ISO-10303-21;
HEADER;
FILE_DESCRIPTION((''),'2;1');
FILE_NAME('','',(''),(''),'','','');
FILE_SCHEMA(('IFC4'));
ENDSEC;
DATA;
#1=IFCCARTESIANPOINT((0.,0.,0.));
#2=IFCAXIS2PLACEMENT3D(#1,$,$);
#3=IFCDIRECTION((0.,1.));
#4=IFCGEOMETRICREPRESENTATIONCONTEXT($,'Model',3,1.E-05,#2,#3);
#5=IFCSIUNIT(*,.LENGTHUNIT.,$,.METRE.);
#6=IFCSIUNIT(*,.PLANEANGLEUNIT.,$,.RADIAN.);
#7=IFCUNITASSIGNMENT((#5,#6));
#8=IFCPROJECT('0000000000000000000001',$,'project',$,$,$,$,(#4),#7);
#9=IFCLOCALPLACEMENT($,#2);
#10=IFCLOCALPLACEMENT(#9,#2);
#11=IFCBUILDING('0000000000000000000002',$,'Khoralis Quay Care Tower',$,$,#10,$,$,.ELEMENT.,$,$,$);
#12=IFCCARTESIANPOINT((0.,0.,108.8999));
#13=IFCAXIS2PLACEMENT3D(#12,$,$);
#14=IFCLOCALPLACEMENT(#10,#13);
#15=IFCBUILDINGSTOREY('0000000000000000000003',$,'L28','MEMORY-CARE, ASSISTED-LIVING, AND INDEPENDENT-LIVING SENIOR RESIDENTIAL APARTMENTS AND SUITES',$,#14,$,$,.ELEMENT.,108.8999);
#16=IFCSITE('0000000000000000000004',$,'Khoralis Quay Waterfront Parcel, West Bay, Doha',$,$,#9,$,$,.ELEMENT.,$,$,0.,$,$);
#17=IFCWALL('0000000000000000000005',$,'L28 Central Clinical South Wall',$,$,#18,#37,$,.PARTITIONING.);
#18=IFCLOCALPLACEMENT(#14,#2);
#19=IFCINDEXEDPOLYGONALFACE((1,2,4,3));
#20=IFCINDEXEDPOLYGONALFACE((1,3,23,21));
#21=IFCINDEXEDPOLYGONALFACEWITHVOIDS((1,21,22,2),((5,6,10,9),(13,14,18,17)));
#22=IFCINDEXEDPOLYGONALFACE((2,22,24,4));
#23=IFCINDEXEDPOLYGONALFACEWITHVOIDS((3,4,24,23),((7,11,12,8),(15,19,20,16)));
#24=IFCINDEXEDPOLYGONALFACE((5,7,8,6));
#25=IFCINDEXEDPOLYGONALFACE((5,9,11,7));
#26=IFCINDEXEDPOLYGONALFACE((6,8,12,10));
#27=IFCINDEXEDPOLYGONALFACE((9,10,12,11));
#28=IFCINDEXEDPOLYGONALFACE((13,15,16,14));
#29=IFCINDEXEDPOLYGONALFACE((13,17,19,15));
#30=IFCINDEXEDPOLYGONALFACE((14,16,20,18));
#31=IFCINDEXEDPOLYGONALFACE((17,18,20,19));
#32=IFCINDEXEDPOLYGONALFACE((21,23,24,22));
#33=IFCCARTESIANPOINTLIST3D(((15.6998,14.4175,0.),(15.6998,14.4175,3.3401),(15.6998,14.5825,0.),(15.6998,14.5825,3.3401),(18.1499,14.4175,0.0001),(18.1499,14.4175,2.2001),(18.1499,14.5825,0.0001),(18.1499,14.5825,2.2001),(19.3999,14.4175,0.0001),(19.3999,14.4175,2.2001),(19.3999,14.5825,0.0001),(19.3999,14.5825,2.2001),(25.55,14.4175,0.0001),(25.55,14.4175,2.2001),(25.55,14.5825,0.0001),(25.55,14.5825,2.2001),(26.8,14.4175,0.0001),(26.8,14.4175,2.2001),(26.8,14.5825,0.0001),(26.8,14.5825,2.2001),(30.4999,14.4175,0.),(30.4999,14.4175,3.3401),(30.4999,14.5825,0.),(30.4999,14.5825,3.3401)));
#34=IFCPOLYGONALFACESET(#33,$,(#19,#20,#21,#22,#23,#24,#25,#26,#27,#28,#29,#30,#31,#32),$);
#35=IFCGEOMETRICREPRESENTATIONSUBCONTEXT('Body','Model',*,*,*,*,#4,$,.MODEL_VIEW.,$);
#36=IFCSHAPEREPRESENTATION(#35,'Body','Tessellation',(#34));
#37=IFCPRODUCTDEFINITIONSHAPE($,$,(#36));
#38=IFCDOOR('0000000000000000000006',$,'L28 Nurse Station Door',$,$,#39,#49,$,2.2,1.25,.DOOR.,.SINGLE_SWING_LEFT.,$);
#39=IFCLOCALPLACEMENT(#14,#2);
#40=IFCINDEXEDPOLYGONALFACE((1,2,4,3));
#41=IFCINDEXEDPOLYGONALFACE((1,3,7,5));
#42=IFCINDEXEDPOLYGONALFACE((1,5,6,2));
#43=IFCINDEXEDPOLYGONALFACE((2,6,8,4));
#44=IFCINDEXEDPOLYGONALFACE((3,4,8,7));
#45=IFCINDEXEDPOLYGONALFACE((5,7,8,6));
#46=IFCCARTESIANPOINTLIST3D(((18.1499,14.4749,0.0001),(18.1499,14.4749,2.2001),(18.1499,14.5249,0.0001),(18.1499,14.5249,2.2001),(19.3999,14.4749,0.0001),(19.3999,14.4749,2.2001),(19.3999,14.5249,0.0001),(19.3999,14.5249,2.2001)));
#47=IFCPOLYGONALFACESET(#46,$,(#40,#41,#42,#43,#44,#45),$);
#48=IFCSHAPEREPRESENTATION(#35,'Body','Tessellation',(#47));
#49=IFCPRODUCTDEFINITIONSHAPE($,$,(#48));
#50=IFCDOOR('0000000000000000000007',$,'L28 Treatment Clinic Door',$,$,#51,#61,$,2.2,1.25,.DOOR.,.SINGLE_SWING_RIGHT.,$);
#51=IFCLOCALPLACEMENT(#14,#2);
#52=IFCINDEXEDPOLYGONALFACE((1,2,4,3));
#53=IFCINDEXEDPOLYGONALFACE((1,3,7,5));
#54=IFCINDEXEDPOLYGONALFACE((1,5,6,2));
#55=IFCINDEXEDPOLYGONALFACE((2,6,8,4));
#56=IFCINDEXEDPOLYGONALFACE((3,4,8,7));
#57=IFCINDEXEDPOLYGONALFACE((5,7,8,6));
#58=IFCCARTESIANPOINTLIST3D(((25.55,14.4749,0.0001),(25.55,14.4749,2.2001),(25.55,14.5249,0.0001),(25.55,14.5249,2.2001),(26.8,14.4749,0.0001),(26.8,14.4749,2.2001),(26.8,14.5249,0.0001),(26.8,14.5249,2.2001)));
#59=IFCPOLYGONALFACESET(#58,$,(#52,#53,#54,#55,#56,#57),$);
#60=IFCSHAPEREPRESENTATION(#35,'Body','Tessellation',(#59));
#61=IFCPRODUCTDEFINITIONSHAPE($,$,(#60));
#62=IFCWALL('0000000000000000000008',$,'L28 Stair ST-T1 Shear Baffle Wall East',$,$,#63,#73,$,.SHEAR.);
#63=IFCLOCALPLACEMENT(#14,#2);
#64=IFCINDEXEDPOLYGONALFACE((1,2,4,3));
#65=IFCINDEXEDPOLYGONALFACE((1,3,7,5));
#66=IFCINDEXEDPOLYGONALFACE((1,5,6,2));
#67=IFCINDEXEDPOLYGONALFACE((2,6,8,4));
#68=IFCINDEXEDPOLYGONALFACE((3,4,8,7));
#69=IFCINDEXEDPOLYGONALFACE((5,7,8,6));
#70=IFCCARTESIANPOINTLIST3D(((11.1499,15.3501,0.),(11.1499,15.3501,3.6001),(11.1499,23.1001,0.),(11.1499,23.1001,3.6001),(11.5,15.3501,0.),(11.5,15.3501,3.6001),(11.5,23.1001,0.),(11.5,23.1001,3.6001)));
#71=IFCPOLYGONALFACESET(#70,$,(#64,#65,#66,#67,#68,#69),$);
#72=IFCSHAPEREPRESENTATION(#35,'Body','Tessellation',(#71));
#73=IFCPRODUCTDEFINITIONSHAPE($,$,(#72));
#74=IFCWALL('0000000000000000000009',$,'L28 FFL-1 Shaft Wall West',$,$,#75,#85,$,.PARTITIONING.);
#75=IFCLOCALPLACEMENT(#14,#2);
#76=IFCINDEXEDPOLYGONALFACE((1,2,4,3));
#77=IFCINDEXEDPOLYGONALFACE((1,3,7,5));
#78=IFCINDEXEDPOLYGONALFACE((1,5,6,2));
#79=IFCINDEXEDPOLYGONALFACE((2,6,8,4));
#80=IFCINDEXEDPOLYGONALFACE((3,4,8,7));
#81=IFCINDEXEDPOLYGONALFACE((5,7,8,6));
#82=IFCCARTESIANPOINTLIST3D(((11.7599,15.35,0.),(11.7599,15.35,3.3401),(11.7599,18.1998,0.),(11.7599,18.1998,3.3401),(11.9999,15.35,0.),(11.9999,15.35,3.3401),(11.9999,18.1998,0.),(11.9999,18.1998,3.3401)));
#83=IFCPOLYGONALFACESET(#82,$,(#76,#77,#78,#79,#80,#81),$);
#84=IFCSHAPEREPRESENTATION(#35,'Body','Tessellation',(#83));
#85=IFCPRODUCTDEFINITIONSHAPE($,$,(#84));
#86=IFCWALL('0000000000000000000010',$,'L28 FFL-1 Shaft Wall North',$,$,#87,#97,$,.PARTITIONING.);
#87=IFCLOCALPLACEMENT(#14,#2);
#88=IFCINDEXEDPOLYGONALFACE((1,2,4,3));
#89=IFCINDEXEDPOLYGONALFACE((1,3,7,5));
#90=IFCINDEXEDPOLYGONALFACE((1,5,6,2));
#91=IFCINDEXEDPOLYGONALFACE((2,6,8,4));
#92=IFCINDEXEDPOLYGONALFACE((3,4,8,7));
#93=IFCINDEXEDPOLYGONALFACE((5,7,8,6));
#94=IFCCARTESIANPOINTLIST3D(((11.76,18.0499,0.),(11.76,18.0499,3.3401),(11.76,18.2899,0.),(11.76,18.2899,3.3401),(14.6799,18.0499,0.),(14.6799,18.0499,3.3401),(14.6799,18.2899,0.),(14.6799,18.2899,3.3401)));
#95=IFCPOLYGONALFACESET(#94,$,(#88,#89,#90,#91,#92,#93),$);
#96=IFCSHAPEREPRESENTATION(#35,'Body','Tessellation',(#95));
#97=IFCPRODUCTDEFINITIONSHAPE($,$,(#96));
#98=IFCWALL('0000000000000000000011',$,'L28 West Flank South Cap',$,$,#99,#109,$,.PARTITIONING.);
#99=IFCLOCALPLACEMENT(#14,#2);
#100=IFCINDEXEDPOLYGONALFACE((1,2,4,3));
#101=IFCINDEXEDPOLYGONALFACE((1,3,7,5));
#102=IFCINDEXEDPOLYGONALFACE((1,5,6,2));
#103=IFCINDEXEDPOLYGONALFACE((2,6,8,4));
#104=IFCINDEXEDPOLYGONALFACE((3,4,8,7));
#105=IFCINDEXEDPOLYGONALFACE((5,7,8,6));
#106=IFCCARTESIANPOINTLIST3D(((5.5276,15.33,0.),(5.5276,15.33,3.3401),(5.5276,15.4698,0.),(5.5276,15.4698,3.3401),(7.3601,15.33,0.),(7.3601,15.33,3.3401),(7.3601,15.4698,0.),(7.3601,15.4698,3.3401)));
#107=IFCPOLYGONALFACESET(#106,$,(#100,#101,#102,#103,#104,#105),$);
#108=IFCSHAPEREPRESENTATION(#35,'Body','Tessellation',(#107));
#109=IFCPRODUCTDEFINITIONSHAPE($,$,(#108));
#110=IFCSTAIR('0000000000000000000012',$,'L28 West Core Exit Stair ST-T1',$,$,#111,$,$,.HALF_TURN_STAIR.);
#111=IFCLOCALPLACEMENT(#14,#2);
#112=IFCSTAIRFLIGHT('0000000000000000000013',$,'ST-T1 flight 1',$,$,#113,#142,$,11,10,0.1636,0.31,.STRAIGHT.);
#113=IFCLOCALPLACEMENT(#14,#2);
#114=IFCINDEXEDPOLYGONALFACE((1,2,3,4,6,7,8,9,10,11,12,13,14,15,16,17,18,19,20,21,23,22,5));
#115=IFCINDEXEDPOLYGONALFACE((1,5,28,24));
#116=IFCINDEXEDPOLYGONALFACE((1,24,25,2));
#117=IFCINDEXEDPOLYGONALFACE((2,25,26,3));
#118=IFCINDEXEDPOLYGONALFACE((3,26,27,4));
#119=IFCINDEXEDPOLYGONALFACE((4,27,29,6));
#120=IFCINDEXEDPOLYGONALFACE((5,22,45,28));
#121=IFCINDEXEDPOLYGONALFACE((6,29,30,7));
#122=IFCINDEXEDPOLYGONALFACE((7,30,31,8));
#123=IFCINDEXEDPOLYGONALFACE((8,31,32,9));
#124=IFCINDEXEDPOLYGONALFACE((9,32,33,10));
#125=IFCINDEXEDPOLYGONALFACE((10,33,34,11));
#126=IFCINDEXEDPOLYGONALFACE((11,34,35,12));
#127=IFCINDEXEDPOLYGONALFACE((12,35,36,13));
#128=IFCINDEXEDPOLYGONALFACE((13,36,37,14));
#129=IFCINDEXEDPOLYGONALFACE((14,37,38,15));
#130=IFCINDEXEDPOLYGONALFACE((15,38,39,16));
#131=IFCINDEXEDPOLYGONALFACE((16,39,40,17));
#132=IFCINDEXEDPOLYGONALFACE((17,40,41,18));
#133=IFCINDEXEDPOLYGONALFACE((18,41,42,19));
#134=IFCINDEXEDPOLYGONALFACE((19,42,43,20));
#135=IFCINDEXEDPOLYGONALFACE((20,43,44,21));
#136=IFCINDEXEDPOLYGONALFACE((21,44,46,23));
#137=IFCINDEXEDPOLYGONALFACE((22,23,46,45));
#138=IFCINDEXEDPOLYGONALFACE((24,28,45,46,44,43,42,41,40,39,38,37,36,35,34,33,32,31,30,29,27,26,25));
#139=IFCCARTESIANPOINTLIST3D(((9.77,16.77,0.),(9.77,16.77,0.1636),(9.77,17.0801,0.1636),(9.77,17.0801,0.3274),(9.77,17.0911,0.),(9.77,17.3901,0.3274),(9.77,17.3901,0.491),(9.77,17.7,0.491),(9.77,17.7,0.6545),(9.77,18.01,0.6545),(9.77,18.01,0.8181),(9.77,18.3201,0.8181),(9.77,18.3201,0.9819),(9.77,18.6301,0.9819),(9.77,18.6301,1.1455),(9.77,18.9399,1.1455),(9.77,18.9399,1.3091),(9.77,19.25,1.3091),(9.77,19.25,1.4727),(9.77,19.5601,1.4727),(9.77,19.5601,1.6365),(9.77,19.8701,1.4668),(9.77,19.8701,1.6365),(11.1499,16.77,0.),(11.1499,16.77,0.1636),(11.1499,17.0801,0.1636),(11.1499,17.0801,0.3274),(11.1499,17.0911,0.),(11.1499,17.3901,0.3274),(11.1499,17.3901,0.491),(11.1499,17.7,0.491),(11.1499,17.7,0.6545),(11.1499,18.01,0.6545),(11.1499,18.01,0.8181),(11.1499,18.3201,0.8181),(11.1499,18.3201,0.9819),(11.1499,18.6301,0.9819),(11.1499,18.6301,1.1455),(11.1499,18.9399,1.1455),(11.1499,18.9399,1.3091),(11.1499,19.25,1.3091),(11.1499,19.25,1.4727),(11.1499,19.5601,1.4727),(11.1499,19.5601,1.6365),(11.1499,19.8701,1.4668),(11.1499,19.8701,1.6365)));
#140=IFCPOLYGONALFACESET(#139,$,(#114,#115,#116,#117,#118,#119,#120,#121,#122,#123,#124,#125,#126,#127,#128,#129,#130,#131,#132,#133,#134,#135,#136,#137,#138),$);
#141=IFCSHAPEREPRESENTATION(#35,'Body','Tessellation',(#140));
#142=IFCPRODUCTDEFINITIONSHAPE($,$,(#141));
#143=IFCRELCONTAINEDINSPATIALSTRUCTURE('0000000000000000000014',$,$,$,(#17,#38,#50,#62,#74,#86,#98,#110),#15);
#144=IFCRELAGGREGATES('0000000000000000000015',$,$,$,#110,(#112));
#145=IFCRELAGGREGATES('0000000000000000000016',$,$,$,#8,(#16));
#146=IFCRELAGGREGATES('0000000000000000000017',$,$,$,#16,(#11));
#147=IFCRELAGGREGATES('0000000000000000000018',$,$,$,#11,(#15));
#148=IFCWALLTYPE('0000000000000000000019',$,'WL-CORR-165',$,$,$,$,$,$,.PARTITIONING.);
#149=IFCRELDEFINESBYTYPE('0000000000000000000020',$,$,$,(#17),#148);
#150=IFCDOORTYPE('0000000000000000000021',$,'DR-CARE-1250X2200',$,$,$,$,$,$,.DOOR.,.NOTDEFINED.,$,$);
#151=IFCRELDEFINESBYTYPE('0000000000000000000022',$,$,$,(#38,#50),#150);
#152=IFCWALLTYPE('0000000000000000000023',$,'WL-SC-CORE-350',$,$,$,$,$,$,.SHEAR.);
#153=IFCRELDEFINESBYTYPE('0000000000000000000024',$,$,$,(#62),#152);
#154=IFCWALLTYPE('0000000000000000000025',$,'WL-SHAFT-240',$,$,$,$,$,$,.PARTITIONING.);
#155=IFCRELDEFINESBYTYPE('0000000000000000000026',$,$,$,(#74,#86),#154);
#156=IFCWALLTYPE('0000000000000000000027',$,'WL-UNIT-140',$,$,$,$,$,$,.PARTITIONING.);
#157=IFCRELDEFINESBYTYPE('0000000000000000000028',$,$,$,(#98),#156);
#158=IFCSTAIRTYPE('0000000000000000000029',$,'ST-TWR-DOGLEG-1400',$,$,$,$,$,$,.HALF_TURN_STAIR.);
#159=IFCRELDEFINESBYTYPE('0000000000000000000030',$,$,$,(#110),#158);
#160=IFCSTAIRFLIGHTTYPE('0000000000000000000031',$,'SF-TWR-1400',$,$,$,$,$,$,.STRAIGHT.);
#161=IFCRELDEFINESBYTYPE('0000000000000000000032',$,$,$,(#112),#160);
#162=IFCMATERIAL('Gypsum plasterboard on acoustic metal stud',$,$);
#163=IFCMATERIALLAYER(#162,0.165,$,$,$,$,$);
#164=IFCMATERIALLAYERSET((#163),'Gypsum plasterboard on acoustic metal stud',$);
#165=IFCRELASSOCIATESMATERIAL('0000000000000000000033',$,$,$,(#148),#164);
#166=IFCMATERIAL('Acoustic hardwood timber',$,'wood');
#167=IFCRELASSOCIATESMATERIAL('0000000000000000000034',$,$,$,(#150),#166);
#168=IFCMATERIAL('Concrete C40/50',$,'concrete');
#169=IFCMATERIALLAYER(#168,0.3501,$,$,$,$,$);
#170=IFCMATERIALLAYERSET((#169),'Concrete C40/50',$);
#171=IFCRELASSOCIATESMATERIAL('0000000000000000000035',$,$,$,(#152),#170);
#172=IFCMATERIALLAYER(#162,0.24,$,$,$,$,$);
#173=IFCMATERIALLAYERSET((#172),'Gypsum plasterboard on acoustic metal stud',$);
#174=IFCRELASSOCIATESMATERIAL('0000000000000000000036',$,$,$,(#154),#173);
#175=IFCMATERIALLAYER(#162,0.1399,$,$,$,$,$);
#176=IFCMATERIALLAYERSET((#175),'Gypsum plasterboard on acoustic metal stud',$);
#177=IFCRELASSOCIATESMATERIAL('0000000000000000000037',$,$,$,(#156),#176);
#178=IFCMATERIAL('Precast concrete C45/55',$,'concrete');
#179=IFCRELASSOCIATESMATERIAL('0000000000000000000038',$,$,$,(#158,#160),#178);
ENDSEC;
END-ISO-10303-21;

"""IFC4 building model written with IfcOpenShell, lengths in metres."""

from ifc_helpers import new_model, si_unit, direction, frame, frame_2d, origin, place, context, subcontext, project, spatial, polyline, rectangle, outline, extrude, source, transform, mapped, material, layer, layer_set, type_object, element, fill, aggregate, save


model = new_model("IFC4")

# Units and contexts
model_context = context("Model", 3, precision=1e-05, world=origin(), true_north=direction((0.0, 1.0)))
body_context = subcontext(model_context, "Body", "Model", "MODEL_VIEW")
ifc_project = project(units=[si_unit("LENGTHUNIT", "METRE"), si_unit("PLANEANGLEUNIT", "RADIAN")], contexts=[model_context])

# Site, building, storey
site_placement = place(None, origin())
site = spatial("IfcSite", under=ifc_project, at=site_placement, Name="Khoralis Quay Waterfront Parcel, West Bay, Doha", CompositionType="ELEMENT", RefElevation=0.0)
building_placement = place(site_placement, origin())
building = spatial("IfcBuilding", under=site, at=building_placement, Name="Khoralis Quay Care Tower", CompositionType="ELEMENT")
storey_placement = place(building_placement, frame((0.0, 0.0, 108.8999)))
storey = spatial("IfcBuildingStorey", under=building, at=storey_placement, Name="L28", Description="MEMORY-CARE, ASSISTED-LIVING, AND INDEPENDENT-LIVING SENIOR RESIDENTIAL APARTMENTS AND SUITES", CompositionType="ELEMENT", Elevation=108.8999)

# Shared definitions
ifc_material_1 = material(Name="Gypsum plasterboard on acoustic metal stud")

# Shared definitions
ifc_layer_1 = layer(ifc_material_1, 0.165)
ifc_layer_set_1 = layer_set([ifc_layer_1], Name="Gypsum plasterboard on acoustic metal stud")
wall_type_1 = type_object("IfcWallType", Name="WL-CORR-165", PredefinedType="PARTITIONING", material=ifc_layer_set_1)
ifc_material_2 = material(Name="Acoustic hardwood timber", Category="wood")

# Wall, openings, doors
wall_1_placement = place(storey_placement, frame((15.7, 14.5, 0.0), z_axis=(0.0, 0.0, 1.0), x_axis=(1.0, 0.0, 0.0)))
wall_1 = element("IfcWall", 1, at=wall_1_placement, inside=storey, type_object=wall_type_1, Name="L28 Central Clinical South Wall", PredefinedType="PARTITIONING", context=body_context, shape_type="SweptSolid", body=[
    extrude(rectangle(XDim=14.8, YDim=0.165, at=frame_2d((7.3999, 0.0))), origin(), (0.0, 0.0, 1.0), 3.3401),
])
opening_1_placement = place(wall_1_placement, frame((2.45, 0.0, 0.0)))
opening_1 = element("IfcOpeningElement", 2, at=opening_1_placement, cuts=wall_1, PredefinedType="OPENING", context=body_context, shape_type="SweptSolid", body=[
    extrude(rectangle(XDim=1.25, YDim=2.2, at=frame_2d((0.625, 1.1001))), frame((0.0, 0.0925, 0.0), z_axis=(0.0, -1.0, 0.0), x_axis=(1.0, 0.0, 0.0)), (0.0, 0.0, 1.0), 0.1851),
])
opening_2_placement = place(wall_1_placement, frame((9.8501, 0.0, 0.0)))
opening_2 = element("IfcOpeningElement", 3, at=opening_2_placement, cuts=wall_1, PredefinedType="OPENING", context=body_context, shape_type="SweptSolid", body=[
    extrude(rectangle(XDim=1.25, YDim=2.2, at=frame_2d((0.625, 1.1001))), frame((0.0, 0.0925, 0.0), z_axis=(0.0, -1.0, 0.0), x_axis=(1.0, 0.0, 0.0)), (0.0, 0.0, 1.0), 0.1851),
])
door_type_1 = type_object("IfcDoorType", Name="DR-CARE-1250X2200", OperationType="NOTDEFINED", PredefinedType="DOOR", material=ifc_material_2)
shared_shape_1 = source(origin(), body_context, "Body", "SweptSolid", [
    extrude(rectangle(XDim=1.25, YDim=2.2, at=frame_2d((0.625, 1.1001))), frame((0.0, 0.0249, 0.0), z_axis=(0.0, -1.0, 0.0), x_axis=(1.0, 0.0, 0.0)), (0.0, 0.0, 1.0), 0.05),
])
door_1_placement = place(opening_1_placement, origin())
door_1 = element("IfcDoor", 4, at=door_1_placement, inside=storey, type_object=door_type_1, Name="L28 Nurse Station Door", OperationType="SINGLE_SWING_LEFT", OverallHeight=2.2, OverallWidth=1.25, PredefinedType="DOOR", context=body_context, shape_type="MappedRepresentation", body=[
    mapped(shared_shape_1, transform((0.0, 0.0, 0.0), scale=1.0)),
])
fill(opening_1, door_1)
door_2_placement = place(opening_2_placement, origin())
door_2 = element("IfcDoor", 5, at=door_2_placement, inside=storey, type_object=door_type_1, Name="L28 Treatment Clinic Door", OperationType="SINGLE_SWING_RIGHT", OverallHeight=2.2, OverallWidth=1.25, PredefinedType="DOOR", context=body_context, shape_type="MappedRepresentation", body=[
    mapped(shared_shape_1, transform((0.0, 0.0, 0.0), scale=1.0)),
])
fill(opening_2, door_2)

# Walls
ifc_material_3 = material(Name="Concrete C40/50", Category="concrete")
ifc_layer_2 = layer(ifc_material_3, 0.3501)
ifc_layer_set_2 = layer_set([ifc_layer_2], Name="Concrete C40/50")
wall_type_2 = type_object("IfcWallType", Name="WL-SC-CORE-350", PredefinedType="SHEAR", material=ifc_layer_set_2)
wall_2_placement = place(storey_placement, frame((11.325, 15.3501, 0.0), z_axis=(0.0, 0.0, 1.0), x_axis=(0.0, 1.0, 0.0)))
element("IfcWall", 6, at=wall_2_placement, inside=storey, type_object=wall_type_2, Name="L28 Stair ST-T1 Shear Baffle Wall East", PredefinedType="SHEAR", context=body_context, shape_type="SweptSolid", body=[
    extrude(rectangle(XDim=7.75, YDim=0.3501, at=frame_2d((3.875, 0.0))), origin(), (0.0, 0.0, 1.0), 3.6001),
])
ifc_layer_3 = layer(ifc_material_1, 0.24)
ifc_layer_set_3 = layer_set([ifc_layer_3], Name="Gypsum plasterboard on acoustic metal stud")
wall_type_3 = type_object("IfcWallType", Name="WL-SHAFT-240", PredefinedType="PARTITIONING", material=ifc_layer_set_3)
wall_3_placement = place(storey_placement, frame((11.8799, 15.3501, 0.0), z_axis=(0.0, 0.0, 1.0), x_axis=(0.0, 1.0, 0.0)))
element("IfcWall", 7, at=wall_3_placement, inside=storey, type_object=wall_type_3, Name="L28 FFL-1 Shaft Wall West", PredefinedType="PARTITIONING", context=body_context, shape_type="SweptSolid", body=[
    extrude(rectangle(XDim=2.8499, YDim=0.24, at=frame_2d((1.4248, 0.0))), origin(), (0.0, 0.0, 1.0), 3.3401),
])
wall_4_placement = place(storey_placement, frame((11.76, 18.1699, 0.0), z_axis=(0.0, 0.0, 1.0), x_axis=(1.0, 0.0, 0.0)))
element("IfcWall", 8, at=wall_4_placement, inside=storey, type_object=wall_type_3, Name="L28 FFL-1 Shaft Wall North", PredefinedType="PARTITIONING", context=body_context, shape_type="SweptSolid", body=[
    extrude(rectangle(XDim=2.9199, YDim=0.24, at=frame_2d((1.46, 0.0))), origin(), (0.0, 0.0, 1.0), 3.3401),
])
ifc_layer_4 = layer(ifc_material_1, 0.1399)
ifc_layer_set_4 = layer_set([ifc_layer_4], Name="Gypsum plasterboard on acoustic metal stud")
wall_type_4 = type_object("IfcWallType", Name="WL-UNIT-140", PredefinedType="PARTITIONING", material=ifc_layer_set_4)
wall_5_placement = place(storey_placement, frame((5.5276, 15.3999, 0.0), z_axis=(0.0, 0.0, 1.0), x_axis=(1.0, 0.0, 0.0)))
element("IfcWall", 9, at=wall_5_placement, inside=storey, type_object=wall_type_4, Name="L28 West Flank South Cap", PredefinedType="PARTITIONING", context=body_context, shape_type="SweptSolid", body=[
    extrude(rectangle(XDim=1.8325, YDim=0.1399, at=frame_2d((0.9163, 0.0))), origin(), (0.0, 0.0, 1.0), 3.3401),
])

# Stair, stair flight
ifc_material_4 = material(Name="Precast concrete C45/55", Category="concrete")
stair_type = type_object("IfcStairType", Name="ST-TWR-DOGLEG-1400", PredefinedType="HALF_TURN_STAIR", material=ifc_material_4)
stair_placement = place(storey_placement, origin())
stair = element("IfcStair", 10, at=stair_placement, inside=storey, type_object=stair_type, Name="L28 West Core Exit Stair ST-T1", PredefinedType="HALF_TURN_STAIR")
stair_flight_type = type_object("IfcStairFlightType", Name="SF-TWR-1400", PredefinedType="STRAIGHT", material=ifc_material_4)
shared_shape_2 = source(origin(), body_context, "Body", "SweptSolid", [
    extrude(outline(polyline([(0.0, 0.0), (0.0, 0.1636), (0.3101, 0.1636), (0.3101, 0.3274), (0.6201, 0.3274), (0.6201, 0.491), (0.9299, 0.491), (0.9299, 0.6545), (1.24, 0.6545), (1.24, 0.8181), (1.55, 0.8181), (1.55, 0.9819), (1.8601, 0.9819), (1.8601, 1.1455), (2.1699, 1.1455), (2.1699, 1.3091), (2.48, 1.3091), (2.48, 1.4727), (2.79, 1.4727), (2.79, 1.6365), (3.1001, 1.6365), (3.1001, 1.8), (3.1001, 1.4668), (0.321, 0.0), (0.0, 0.0)])), frame((0.0, 0.6899, 0.0), z_axis=(0.0, -1.0, 0.0), x_axis=(1.0, 0.0, 0.0)), (0.0, 0.0, 1.0), 1.3799),
])
stair_flight_placement = place(storey_placement, frame((10.46, 16.77, 0.0), z_axis=(0.0, 0.0, 1.0), x_axis=(0.0, 1.0, 0.0)))
stair_flight = element("IfcStairFlight", 11, at=stair_flight_placement, type_object=stair_flight_type, Name="ST-T1 flight 1", NumberOfRisers=11, NumberOfTreads=10, PredefinedType="STRAIGHT", RiserHeight=0.1636, TreadLength=0.31, context=body_context, shape_type="MappedRepresentation", body=[
    mapped(shared_shape_2, transform((0.0, 0.0, 0.0), scale=1.0)),
])
aggregate(stair, [stair_flight])

save(model, "model.ifc")
